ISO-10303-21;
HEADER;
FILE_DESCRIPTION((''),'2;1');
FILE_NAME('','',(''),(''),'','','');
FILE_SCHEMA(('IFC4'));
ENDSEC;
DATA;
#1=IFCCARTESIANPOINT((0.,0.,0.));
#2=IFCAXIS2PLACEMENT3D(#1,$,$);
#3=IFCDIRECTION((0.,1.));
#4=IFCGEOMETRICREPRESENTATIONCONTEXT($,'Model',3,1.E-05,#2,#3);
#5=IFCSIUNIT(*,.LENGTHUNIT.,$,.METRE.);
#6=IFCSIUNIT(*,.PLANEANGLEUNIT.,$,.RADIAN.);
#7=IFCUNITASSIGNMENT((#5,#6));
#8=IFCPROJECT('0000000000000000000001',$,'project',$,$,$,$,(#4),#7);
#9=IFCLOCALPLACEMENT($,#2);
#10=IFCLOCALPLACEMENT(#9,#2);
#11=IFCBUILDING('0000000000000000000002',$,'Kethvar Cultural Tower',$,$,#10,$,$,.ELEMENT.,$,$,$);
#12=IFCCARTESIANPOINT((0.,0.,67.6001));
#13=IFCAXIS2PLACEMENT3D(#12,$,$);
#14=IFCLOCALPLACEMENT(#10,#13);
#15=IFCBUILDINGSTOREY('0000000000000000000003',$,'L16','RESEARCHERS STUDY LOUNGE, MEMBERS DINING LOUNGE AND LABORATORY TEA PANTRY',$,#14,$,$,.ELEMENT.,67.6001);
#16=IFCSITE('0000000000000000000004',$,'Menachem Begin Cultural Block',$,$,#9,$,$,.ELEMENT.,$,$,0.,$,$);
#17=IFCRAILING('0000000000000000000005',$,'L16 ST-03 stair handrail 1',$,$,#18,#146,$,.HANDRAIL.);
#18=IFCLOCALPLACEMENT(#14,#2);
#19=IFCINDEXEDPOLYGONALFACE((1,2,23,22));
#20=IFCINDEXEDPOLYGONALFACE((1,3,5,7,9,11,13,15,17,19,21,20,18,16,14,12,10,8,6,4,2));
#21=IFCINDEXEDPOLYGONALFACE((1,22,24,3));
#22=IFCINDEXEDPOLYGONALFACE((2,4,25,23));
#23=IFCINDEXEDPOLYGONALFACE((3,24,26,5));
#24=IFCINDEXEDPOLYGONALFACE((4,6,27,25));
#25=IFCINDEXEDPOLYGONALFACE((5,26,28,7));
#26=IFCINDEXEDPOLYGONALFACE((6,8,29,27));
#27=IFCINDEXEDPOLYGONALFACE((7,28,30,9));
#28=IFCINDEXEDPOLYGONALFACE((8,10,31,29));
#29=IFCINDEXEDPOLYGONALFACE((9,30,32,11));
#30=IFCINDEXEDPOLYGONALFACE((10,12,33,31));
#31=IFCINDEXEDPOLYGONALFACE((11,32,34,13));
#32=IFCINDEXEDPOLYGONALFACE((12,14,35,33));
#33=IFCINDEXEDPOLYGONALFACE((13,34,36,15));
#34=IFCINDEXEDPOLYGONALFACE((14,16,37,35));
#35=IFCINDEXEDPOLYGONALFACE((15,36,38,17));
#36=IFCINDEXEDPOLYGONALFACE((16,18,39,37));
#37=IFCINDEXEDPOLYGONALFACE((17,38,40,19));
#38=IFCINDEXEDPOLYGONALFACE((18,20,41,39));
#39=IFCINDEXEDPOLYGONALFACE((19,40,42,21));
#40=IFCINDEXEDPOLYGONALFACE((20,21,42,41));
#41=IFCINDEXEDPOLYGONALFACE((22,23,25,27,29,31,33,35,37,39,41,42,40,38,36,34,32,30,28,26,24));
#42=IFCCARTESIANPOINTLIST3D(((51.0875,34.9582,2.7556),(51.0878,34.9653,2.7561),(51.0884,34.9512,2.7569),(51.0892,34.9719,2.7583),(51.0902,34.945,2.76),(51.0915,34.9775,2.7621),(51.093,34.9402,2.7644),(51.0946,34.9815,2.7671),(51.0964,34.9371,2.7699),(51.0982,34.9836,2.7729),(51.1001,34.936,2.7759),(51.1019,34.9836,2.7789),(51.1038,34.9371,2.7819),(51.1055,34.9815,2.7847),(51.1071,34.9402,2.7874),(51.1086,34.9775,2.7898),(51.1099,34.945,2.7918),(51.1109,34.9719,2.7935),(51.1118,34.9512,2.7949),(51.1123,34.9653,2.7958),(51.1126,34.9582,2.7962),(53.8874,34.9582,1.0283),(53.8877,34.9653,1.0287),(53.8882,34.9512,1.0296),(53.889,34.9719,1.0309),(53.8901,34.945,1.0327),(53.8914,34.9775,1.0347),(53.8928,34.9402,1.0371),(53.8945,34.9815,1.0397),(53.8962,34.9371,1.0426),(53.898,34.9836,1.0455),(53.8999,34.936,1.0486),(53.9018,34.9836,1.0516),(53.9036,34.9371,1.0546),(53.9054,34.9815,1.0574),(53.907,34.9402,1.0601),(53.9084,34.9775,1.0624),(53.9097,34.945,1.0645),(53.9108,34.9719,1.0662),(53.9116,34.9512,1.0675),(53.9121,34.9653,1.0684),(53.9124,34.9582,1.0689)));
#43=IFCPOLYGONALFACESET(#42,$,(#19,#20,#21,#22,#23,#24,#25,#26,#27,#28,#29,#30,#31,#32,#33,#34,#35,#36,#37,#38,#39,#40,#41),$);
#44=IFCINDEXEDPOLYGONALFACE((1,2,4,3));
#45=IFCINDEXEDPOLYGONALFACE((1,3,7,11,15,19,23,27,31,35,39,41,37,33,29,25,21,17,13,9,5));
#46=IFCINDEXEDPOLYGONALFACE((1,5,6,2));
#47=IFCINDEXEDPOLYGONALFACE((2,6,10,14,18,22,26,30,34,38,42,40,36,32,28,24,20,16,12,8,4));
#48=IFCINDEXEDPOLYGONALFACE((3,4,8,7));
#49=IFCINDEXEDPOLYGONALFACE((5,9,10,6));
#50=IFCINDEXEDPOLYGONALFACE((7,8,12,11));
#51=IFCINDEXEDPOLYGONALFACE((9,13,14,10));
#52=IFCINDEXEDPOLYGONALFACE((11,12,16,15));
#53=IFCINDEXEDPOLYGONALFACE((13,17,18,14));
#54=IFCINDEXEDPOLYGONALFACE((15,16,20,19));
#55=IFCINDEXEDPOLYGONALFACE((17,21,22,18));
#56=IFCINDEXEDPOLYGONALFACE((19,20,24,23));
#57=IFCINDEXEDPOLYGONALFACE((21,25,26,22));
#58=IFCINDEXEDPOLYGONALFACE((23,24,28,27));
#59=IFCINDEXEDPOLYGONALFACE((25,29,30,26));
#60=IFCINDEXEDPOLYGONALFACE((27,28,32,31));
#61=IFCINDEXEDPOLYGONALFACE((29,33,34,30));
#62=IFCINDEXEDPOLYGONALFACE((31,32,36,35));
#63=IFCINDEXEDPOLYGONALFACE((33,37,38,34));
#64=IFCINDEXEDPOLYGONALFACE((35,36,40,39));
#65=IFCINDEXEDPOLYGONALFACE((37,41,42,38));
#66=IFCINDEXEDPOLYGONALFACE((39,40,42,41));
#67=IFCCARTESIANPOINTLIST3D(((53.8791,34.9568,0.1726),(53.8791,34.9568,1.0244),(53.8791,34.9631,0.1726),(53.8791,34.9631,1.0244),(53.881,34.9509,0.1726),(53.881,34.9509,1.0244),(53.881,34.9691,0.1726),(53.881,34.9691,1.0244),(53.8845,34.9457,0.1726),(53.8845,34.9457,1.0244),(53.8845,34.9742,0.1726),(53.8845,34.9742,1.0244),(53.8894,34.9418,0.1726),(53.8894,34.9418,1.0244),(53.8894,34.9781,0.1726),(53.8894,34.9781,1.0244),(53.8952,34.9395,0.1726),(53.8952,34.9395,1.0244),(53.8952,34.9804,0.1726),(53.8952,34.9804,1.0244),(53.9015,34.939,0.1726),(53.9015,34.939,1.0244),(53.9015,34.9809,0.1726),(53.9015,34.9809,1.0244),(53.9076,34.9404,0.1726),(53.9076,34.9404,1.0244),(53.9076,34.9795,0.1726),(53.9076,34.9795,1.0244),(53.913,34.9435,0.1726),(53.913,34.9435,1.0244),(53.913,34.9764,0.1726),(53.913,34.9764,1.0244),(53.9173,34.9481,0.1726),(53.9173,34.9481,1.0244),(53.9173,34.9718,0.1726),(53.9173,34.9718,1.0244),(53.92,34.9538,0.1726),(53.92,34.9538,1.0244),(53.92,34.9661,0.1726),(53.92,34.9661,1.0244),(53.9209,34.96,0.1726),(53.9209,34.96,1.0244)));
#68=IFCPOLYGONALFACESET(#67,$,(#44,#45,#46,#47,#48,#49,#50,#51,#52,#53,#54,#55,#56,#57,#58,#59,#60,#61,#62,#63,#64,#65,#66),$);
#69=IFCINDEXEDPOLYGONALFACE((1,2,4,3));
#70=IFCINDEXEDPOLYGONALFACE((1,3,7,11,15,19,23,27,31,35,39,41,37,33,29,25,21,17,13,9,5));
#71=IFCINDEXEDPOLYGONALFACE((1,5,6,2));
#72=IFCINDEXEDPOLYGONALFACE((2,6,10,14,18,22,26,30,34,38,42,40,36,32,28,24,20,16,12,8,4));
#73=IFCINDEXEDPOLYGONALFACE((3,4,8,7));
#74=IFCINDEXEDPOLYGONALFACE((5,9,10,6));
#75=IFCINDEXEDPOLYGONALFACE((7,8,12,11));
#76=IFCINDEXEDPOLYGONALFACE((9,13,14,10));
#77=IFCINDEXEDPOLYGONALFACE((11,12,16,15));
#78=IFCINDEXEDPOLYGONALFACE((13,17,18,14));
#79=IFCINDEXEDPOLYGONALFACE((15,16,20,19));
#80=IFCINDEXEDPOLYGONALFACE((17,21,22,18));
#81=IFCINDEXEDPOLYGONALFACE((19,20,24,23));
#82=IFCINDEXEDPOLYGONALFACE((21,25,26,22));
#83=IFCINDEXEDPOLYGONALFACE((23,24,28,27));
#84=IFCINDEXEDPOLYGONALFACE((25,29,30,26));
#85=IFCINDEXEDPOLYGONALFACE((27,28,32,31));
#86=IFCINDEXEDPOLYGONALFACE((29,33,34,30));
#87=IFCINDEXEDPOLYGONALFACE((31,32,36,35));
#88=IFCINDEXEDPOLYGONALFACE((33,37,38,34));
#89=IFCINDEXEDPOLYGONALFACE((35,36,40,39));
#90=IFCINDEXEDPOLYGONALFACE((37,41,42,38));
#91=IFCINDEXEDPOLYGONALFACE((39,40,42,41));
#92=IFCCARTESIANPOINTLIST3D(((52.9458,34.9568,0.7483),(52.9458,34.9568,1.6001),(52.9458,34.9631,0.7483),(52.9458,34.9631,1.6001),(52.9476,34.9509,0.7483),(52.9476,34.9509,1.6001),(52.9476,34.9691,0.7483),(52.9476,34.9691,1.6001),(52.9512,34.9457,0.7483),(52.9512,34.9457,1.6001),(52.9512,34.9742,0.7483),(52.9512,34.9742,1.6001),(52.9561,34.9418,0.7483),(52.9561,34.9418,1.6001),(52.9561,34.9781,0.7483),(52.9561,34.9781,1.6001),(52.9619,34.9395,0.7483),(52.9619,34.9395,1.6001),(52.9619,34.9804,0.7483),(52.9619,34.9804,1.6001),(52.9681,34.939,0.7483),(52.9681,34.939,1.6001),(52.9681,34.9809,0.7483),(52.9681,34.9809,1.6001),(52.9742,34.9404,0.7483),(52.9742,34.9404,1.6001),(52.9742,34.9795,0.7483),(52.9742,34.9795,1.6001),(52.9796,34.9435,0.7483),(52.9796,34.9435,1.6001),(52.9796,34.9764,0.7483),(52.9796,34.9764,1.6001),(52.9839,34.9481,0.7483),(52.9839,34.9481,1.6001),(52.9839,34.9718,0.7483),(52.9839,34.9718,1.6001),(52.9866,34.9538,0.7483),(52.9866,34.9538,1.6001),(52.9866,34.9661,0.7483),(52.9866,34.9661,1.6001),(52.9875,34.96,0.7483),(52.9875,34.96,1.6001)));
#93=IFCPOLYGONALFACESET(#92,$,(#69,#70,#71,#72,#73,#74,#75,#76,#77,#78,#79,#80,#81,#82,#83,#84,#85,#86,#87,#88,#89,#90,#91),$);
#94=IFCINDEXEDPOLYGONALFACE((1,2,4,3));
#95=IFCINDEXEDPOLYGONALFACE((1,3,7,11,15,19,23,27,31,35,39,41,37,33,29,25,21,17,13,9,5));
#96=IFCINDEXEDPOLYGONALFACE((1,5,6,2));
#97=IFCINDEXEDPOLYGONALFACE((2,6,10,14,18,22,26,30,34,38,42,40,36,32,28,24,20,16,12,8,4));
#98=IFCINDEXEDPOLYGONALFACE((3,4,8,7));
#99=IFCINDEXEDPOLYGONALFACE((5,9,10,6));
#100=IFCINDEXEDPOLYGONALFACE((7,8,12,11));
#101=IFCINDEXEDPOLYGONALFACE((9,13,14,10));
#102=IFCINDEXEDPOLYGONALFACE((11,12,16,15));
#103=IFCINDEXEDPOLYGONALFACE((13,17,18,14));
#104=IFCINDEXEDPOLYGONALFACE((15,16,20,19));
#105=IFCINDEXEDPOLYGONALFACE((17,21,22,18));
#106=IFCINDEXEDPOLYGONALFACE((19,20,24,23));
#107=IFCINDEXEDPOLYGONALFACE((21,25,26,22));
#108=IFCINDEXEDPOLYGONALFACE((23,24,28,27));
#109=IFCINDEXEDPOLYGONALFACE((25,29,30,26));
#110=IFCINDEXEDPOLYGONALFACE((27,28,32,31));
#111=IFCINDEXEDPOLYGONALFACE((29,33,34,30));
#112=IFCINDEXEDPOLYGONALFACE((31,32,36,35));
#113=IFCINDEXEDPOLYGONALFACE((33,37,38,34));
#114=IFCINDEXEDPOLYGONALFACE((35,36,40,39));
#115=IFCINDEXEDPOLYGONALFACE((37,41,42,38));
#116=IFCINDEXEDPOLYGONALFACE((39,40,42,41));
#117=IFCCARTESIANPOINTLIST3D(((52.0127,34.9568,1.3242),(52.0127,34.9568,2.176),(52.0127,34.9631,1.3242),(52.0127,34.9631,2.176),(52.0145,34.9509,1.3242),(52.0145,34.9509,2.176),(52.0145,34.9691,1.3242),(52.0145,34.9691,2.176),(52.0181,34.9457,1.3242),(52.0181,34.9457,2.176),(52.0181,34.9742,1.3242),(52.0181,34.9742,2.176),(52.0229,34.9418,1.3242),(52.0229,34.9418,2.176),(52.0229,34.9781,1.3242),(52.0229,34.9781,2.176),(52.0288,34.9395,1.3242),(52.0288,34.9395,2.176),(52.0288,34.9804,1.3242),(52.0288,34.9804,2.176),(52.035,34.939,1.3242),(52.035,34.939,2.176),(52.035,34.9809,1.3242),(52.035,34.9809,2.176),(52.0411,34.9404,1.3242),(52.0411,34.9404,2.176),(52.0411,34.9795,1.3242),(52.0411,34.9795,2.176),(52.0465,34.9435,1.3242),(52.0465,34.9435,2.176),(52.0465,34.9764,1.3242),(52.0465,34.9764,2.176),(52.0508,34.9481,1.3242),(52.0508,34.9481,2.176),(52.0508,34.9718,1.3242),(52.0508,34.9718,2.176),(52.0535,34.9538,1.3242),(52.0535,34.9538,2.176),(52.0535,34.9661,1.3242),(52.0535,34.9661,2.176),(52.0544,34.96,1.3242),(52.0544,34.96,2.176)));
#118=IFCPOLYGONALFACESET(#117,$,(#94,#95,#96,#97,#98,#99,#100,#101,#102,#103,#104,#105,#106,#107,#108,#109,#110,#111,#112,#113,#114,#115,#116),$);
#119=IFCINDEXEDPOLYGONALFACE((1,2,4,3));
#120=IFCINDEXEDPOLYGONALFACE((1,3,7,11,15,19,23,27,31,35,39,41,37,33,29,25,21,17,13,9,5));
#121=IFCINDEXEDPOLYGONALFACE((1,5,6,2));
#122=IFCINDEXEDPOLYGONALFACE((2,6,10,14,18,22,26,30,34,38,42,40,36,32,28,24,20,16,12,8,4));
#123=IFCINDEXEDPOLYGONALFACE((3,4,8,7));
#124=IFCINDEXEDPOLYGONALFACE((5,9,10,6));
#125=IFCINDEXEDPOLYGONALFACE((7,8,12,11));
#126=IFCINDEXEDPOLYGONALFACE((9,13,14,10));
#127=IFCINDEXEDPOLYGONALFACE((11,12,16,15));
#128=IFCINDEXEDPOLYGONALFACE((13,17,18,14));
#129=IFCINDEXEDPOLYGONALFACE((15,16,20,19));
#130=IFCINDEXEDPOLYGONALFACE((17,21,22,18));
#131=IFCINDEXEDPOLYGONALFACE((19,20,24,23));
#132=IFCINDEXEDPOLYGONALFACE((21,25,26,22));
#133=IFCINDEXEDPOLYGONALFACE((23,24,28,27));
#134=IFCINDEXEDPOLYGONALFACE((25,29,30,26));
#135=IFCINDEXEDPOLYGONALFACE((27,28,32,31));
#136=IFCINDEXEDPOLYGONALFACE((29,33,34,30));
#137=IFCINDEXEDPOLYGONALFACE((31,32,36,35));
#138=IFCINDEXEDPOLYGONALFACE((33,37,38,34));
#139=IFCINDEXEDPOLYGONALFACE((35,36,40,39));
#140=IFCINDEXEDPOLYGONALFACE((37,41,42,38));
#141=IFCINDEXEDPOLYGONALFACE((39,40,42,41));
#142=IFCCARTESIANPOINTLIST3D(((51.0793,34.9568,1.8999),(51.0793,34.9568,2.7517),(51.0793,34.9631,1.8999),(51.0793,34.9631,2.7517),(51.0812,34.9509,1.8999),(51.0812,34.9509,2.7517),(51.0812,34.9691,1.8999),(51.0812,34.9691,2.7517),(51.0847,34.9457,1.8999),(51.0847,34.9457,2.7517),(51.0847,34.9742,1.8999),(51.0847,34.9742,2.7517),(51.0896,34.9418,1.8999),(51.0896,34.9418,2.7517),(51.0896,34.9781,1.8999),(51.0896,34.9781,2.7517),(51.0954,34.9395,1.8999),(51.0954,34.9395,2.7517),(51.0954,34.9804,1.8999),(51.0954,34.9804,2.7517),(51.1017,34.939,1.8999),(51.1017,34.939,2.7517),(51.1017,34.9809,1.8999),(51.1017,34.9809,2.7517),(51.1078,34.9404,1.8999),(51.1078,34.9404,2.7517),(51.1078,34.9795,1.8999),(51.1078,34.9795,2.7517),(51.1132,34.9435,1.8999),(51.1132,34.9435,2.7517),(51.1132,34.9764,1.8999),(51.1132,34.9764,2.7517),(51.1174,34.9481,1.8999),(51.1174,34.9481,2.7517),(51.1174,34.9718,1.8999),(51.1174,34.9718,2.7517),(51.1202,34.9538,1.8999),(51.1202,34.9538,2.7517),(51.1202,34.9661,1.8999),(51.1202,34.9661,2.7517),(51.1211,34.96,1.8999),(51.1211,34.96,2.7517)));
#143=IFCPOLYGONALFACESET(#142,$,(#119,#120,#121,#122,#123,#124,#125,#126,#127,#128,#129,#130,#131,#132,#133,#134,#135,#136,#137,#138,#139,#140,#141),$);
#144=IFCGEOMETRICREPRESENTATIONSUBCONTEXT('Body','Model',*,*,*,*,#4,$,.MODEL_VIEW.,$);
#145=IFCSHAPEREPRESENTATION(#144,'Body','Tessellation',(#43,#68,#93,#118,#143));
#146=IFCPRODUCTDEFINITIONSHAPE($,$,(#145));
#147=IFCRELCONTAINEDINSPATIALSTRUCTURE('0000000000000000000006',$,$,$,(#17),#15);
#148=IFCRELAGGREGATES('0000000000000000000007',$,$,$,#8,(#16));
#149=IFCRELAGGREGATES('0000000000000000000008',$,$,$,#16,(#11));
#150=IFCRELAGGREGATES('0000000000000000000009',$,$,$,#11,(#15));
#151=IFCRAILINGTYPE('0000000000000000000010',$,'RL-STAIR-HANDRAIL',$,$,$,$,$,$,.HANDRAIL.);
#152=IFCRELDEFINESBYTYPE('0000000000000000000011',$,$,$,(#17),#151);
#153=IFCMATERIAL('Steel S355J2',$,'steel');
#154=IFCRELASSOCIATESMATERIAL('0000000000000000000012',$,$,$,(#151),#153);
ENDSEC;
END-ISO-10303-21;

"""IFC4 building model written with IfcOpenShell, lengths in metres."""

from ifc_helpers import new_model, si_unit, direction, frame, origin, origin_2d, place, context, subcontext, project, spatial, circle, extrude, material, type_object, element, save


model = new_model("IFC4")

# Units and contexts
model_context = context("Model", 3, precision=1e-05, world=origin(), true_north=direction((0.0, 1.0)))
body_context = subcontext(model_context, "Body", "Model", "MODEL_VIEW")
ifc_project = project(units=[si_unit("LENGTHUNIT", "METRE"), si_unit("PLANEANGLEUNIT", "RADIAN")], contexts=[model_context])

# Site, building, storey
site_placement = place(None, origin())
site = spatial("IfcSite", under=ifc_project, at=site_placement, Name="Menachem Begin Cultural Block", CompositionType="ELEMENT", RefElevation=0.0)
building_placement = place(site_placement, origin())
building = spatial("IfcBuilding", under=site, at=building_placement, Name="Kethvar Cultural Tower", CompositionType="ELEMENT")
storey_placement = place(building_placement, frame((0.0, 0.0, 67.6001)))
storey = spatial("IfcBuildingStorey", under=building, at=storey_placement, Name="L16", Description="RESEARCHERS STUDY LOUNGE, MEMBERS DINING LOUNGE AND LABORATORY TEA PANTRY", CompositionType="ELEMENT", Elevation=67.6001)

# Shared definitions
ifc_material_1 = material(Name="Steel S355J2", Category="steel")

# Railing
railing_type_1 = type_object("IfcRailingType", Name="RL-STAIR-HANDRAIL", PredefinedType="HANDRAIL", material=ifc_material_1)
railing_1_placement = place(storey_placement, frame((53.8999, 34.96, 0.1726)))
element("IfcRailing", 1, at=railing_1_placement, inside=storey, type_object=railing_type_1, Name="L16 ST-03 stair handrail 1", PredefinedType="HANDRAIL", context=body_context, shape_type="SweptSolid", body=[
    extrude(circle(Radius=0.0239, at=origin_2d()), frame((0.0, 0.0, 0.876), z_axis=(-0.851069, 0.0, 0.525054), x_axis=(0.0, -1.0, 0.0)), (0.0, 0.0, 1.0), 3.2898),
    extrude(circle(Radius=0.021, at=origin_2d()), origin(), (0.0, 0.0, 1.0), 0.8518),
    extrude(circle(Radius=0.021, at=origin_2d()), frame((-0.9333, 0.0, 0.5757)), (0.0, 0.0, 1.0), 0.8518),
    extrude(circle(Radius=0.021, at=origin_2d()), frame((-1.8665, 0.0, 1.1516)), (0.0, 0.0, 1.0), 0.8518),
    extrude(circle(Radius=0.021, at=origin_2d()), frame((-2.7998, 0.0, 1.7273)), (0.0, 0.0, 1.0), 0.8518),
])

save(model, "model.ifc")
